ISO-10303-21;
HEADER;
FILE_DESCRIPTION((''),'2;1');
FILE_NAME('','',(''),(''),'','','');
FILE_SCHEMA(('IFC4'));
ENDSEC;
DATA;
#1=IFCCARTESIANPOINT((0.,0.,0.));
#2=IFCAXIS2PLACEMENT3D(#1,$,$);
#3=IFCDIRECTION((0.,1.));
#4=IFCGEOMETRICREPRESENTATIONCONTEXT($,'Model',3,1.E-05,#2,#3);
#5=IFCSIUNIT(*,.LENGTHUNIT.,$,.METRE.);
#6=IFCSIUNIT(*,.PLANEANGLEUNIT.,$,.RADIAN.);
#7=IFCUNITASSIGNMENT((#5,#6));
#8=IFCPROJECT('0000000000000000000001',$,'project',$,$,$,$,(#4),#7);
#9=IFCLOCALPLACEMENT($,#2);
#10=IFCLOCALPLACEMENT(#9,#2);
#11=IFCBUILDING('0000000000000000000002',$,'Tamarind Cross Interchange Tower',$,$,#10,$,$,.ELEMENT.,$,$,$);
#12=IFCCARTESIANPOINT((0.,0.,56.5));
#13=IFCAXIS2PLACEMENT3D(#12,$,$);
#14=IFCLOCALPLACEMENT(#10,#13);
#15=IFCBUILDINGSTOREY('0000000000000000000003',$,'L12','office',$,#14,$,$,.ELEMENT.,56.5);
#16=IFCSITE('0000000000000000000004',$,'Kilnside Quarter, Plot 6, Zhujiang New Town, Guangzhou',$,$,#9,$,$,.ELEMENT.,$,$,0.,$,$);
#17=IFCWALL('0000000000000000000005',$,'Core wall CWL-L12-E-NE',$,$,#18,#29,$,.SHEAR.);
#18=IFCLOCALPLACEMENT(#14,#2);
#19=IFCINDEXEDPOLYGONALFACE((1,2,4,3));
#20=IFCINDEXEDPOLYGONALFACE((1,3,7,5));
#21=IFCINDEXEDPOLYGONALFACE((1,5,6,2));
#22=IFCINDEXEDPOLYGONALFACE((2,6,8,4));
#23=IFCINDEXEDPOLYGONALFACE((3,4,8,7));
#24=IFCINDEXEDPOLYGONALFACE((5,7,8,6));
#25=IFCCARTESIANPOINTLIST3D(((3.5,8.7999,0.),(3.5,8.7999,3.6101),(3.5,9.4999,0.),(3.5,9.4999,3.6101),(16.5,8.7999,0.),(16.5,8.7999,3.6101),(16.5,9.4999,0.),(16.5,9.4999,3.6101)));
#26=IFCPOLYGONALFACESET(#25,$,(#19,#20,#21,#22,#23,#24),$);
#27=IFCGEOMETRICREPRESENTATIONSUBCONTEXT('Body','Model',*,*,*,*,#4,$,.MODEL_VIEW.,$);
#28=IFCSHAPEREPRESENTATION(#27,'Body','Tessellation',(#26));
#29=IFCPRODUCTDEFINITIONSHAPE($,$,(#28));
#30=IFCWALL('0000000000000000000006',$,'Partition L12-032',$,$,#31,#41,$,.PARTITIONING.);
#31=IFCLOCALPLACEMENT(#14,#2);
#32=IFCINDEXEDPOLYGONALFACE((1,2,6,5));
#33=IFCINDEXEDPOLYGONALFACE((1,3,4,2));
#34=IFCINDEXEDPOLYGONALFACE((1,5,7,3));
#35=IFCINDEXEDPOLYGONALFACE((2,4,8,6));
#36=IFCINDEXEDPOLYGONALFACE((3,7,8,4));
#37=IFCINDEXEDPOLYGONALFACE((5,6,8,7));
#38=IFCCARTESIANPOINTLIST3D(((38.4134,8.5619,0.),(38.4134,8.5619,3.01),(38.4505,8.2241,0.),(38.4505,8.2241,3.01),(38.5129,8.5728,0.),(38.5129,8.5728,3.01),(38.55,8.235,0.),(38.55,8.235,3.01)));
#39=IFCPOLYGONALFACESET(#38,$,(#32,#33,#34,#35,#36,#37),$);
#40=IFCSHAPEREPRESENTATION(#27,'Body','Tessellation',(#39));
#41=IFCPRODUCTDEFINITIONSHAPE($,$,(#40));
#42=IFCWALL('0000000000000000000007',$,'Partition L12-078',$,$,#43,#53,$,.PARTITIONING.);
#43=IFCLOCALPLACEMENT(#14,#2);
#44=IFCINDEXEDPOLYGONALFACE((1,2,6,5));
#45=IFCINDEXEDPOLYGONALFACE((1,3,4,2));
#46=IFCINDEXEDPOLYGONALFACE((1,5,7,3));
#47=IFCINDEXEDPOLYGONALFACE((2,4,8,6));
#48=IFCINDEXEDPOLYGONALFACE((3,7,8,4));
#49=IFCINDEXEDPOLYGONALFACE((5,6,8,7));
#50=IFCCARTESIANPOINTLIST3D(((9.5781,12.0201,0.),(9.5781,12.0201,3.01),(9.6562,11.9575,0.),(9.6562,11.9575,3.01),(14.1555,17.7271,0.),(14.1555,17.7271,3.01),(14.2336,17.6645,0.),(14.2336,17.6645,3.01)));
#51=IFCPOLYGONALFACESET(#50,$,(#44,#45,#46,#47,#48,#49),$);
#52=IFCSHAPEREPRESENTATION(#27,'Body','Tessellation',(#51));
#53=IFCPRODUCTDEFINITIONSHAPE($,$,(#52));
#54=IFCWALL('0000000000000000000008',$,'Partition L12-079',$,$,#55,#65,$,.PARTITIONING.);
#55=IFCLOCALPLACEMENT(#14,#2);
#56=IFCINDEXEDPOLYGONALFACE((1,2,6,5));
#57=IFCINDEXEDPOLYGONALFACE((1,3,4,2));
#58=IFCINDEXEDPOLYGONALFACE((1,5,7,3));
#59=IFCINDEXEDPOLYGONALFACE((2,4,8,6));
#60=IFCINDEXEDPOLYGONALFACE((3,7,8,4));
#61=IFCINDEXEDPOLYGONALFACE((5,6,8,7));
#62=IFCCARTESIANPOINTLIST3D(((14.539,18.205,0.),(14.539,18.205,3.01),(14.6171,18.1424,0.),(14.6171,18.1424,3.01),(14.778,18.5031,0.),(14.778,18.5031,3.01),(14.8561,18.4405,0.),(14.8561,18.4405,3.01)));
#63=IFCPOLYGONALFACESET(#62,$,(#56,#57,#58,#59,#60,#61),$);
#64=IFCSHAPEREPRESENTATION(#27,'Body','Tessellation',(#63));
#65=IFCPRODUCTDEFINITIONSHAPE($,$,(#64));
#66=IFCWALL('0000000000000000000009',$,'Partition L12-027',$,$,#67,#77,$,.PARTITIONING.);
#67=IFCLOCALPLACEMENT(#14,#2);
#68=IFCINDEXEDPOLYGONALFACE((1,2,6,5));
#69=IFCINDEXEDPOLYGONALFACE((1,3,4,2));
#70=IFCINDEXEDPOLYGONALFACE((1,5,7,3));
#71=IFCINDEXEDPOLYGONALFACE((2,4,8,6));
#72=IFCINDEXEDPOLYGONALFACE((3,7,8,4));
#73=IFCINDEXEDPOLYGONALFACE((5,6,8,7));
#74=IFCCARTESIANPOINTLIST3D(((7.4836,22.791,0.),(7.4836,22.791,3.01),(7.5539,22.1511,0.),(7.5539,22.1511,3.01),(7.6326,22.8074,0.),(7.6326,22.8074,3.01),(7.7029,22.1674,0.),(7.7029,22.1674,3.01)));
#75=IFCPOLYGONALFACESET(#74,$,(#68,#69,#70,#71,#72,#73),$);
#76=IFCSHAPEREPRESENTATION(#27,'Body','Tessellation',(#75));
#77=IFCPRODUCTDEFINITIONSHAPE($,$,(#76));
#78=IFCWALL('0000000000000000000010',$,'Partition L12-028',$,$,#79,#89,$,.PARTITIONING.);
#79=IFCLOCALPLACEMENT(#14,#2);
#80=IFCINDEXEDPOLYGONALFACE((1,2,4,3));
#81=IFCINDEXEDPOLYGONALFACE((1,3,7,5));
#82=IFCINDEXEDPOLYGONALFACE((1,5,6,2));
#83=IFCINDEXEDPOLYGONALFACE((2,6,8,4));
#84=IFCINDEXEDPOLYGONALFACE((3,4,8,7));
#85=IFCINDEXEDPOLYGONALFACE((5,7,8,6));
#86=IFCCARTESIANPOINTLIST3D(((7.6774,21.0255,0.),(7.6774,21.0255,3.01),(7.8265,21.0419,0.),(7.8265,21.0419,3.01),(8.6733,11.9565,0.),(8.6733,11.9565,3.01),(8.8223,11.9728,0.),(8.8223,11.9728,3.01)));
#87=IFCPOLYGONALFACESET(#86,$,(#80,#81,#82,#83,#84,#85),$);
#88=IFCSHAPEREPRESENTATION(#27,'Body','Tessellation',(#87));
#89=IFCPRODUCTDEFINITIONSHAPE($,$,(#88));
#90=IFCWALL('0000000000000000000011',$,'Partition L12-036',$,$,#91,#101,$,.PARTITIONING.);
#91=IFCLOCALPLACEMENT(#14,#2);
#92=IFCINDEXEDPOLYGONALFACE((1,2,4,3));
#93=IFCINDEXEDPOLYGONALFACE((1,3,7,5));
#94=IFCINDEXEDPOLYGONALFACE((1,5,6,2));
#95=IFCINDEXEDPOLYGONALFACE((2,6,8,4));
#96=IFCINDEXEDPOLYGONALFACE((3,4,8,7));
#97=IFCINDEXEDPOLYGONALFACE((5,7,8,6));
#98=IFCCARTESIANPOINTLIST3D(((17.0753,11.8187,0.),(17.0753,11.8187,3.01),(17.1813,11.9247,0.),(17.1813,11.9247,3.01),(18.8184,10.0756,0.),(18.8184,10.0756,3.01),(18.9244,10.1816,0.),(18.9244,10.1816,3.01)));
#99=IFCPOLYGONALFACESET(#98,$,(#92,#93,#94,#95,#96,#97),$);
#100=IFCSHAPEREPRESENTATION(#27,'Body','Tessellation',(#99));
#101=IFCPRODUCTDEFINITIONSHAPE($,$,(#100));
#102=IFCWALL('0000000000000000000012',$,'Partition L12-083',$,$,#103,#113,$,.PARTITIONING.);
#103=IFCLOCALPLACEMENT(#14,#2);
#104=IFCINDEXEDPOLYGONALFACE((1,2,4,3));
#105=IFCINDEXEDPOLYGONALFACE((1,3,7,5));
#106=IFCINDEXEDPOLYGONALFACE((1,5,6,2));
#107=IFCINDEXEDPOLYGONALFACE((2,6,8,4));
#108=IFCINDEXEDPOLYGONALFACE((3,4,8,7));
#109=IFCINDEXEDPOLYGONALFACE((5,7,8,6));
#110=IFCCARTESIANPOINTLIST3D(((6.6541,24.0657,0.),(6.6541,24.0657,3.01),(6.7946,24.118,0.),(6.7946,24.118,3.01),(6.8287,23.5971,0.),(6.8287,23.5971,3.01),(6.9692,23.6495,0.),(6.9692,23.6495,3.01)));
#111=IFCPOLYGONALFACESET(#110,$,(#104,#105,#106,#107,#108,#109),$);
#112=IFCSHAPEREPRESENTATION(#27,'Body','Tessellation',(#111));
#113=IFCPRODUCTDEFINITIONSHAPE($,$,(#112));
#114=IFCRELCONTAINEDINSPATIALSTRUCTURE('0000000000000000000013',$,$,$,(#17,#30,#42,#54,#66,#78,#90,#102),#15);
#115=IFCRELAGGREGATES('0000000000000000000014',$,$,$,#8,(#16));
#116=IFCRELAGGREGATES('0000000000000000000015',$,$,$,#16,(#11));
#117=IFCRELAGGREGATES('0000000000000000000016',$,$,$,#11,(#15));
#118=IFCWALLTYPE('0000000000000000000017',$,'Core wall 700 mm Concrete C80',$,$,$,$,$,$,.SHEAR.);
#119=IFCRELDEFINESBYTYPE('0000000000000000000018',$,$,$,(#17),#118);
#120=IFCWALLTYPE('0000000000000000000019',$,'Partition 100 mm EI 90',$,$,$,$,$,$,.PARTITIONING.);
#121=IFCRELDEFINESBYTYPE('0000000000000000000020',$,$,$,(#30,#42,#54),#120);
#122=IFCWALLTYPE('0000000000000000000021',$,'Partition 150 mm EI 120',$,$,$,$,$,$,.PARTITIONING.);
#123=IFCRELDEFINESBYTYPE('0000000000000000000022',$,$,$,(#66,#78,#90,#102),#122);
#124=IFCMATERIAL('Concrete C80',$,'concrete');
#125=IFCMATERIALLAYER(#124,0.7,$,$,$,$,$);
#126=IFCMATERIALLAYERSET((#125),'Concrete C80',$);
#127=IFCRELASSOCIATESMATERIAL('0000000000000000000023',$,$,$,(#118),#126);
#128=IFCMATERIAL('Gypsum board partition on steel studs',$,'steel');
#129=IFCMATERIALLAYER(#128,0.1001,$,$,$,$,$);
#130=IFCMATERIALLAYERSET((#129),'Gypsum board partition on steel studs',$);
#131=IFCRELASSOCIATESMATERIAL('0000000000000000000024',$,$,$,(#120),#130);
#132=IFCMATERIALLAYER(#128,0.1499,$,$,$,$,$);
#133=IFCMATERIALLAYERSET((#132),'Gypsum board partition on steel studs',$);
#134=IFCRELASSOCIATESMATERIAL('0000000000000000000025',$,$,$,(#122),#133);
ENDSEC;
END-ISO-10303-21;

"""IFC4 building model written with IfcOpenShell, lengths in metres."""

from ifc_helpers import new_model, si_unit, direction, frame, frame_2d, origin, place, context, subcontext, project, spatial, rectangle, extrude, material, layer, layer_set, type_object, element, save


model = new_model("IFC4")

# Units and contexts
model_context = context("Model", 3, precision=1e-05, world=origin(), true_north=direction((0.0, 1.0)))
body_context = subcontext(model_context, "Body", "Model", "MODEL_VIEW")
ifc_project = project(units=[si_unit("LENGTHUNIT", "METRE"), si_unit("PLANEANGLEUNIT", "RADIAN")], contexts=[model_context])

# Site, building, storey
site_placement = place(None, origin())
site = spatial("IfcSite", under=ifc_project, at=site_placement, Name="Kilnside Quarter, Plot 6, Zhujiang New Town, Guangzhou", CompositionType="ELEMENT", RefElevation=0.0)
building_placement = place(site_placement, origin())
building = spatial("IfcBuilding", under=site, at=building_placement, Name="Tamarind Cross Interchange Tower", CompositionType="ELEMENT")
storey_placement = place(building_placement, frame((0.0, 0.0, 56.5)))
storey = spatial("IfcBuildingStorey", under=building, at=storey_placement, Name="L12", Description="office", CompositionType="ELEMENT", Elevation=56.5)

# Walls
ifc_material_1 = material(Name="Concrete C80", Category="concrete")
ifc_layer_1 = layer(ifc_material_1, 0.7)
ifc_layer_set_1 = layer_set([ifc_layer_1], Name="Concrete C80")
wall_type_1 = type_object("IfcWallType", Name="Core wall 700 mm Concrete C80", PredefinedType="SHEAR", material=ifc_layer_set_1)
wall_1_placement = place(storey_placement, frame((16.5, 9.1499, 0.0), z_axis=(0.0, 0.0, 1.0), x_axis=(-1.0, 0.0, 0.0)))
element("IfcWall", 1, at=wall_1_placement, inside=storey, type_object=wall_type_1, Name="Core wall CWL-L12-E-NE", PredefinedType="SHEAR", context=body_context, shape_type="SweptSolid", body=[
    extrude(rectangle(XDim=13.0, YDim=0.7, at=frame_2d((6.5, 0.0))), origin(), (0.0, 0.0, 1.0), 3.6101),
])
ifc_material_2 = material(Name="Gypsum board partition on steel studs", Category="steel")
ifc_layer_2 = layer(ifc_material_2, 0.1001)
ifc_layer_set_2 = layer_set([ifc_layer_2], Name="Gypsum board partition on steel studs")
wall_type_2 = type_object("IfcWallType", Name="Partition 100 mm EI 90", PredefinedType="PARTITIONING", material=ifc_layer_set_2)
wall_2_placement = place(storey_placement, frame((38.4631, 8.5674, 0.0), z_axis=(0.0, 0.0, 1.0), x_axis=(0.10917, -0.994023, 0.0)))
element("IfcWall", 2, at=wall_2_placement, inside=storey, type_object=wall_type_2, Name="Partition L12-032", PredefinedType="PARTITIONING", context=body_context, shape_type="SweptSolid", body=[
    extrude(rectangle(XDim=0.3398, YDim=0.1001, at=frame_2d((0.1699, 0.0))), origin(), (0.0, 0.0, 1.0), 3.01),
])
wall_3_placement = place(storey_placement, frame((9.6172, 11.9888, 0.0), z_axis=(0.0, 0.0, 1.0), x_axis=(0.625675, 0.780084, 0.0)))
element("IfcWall", 3, at=wall_3_placement, inside=storey, type_object=wall_type_2, Name="Partition L12-078", PredefinedType="PARTITIONING", context=body_context, shape_type="SweptSolid", body=[
    extrude(rectangle(XDim=7.3159, YDim=0.1001, at=frame_2d((3.658, 0.0))), origin(), (0.0, 0.0, 1.0), 3.01),
])
wall_4_placement = place(storey_placement, frame((14.5781, 18.1738, 0.0), z_axis=(0.0, 0.0, 1.0), x_axis=(0.625552, 0.780183, 0.0)))
element("IfcWall", 4, at=wall_4_placement, inside=storey, type_object=wall_type_2, Name="Partition L12-079", PredefinedType="PARTITIONING", context=body_context, shape_type="SweptSolid", body=[
    extrude(rectangle(XDim=0.3821, YDim=0.1001, at=frame_2d((0.1909, 0.0))), origin(), (0.0, 0.0, 1.0), 3.01),
])
ifc_layer_3 = layer(ifc_material_2, 0.1499)
ifc_layer_set_3 = layer_set([ifc_layer_3], Name="Gypsum board partition on steel studs")
wall_type_3 = type_object("IfcWallType", Name="Partition 150 mm EI 120", PredefinedType="PARTITIONING", material=ifc_layer_set_3)
wall_5_placement = place(storey_placement, frame((7.5581, 22.7991, 0.0), z_axis=(0.0, 0.0, 1.0), x_axis=(0.109224, -0.994017, 0.0)))
element("IfcWall", 5, at=wall_5_placement, inside=storey, type_object=wall_type_3, Name="Partition L12-027", PredefinedType="PARTITIONING", context=body_context, shape_type="SweptSolid", body=[
    extrude(rectangle(XDim=0.6438, YDim=0.1499, at=frame_2d((0.3218, 0.0))), origin(), (0.0, 0.0, 1.0), 3.01),
])
wall_6_placement = place(storey_placement, frame((7.752, 21.0337, 0.0), z_axis=(0.0, 0.0, 1.0), x_axis=(0.109151, -0.994025, 0.0)))
element("IfcWall", 6, at=wall_6_placement, inside=storey, type_object=wall_type_3, Name="Partition L12-028", PredefinedType="PARTITIONING", context=body_context, shape_type="SweptSolid", body=[
    extrude(rectangle(XDim=9.1235, YDim=0.1499, at=frame_2d((4.5618, 0.0))), origin(), (0.0, 0.0, 1.0), 3.01),
])
wall_7_placement = place(storey_placement, frame((17.1284, 11.8716, 0.0), z_axis=(0.0, 0.0, 1.0), x_axis=(0.707107, -0.707107, 0.0)))
element("IfcWall", 7, at=wall_7_placement, inside=storey, type_object=wall_type_3, Name="Partition L12-036", PredefinedType="PARTITIONING", context=body_context, shape_type="SweptSolid", body=[
    extrude(rectangle(XDim=2.4651, YDim=0.1499, at=frame_2d((1.2324, 0.0))), origin(), (0.0, 0.0, 1.0), 3.01),
])
wall_8_placement = place(storey_placement, frame((6.8989, 23.6233, 0.0), z_axis=(0.0, 0.0, 1.0), x_axis=(-0.349143, 0.93707, 0.0)))
element("IfcWall", 8, at=wall_8_placement, inside=storey, type_object=wall_type_3, Name="Partition L12-083", PredefinedType="PARTITIONING", context=body_context, shape_type="SweptSolid", body=[
    extrude(rectangle(XDim=0.5, YDim=0.1499, at=frame_2d((0.25, 0.0))), origin(), (0.0, 0.0, 1.0), 3.01),
])

save(model, "model.ifc")
